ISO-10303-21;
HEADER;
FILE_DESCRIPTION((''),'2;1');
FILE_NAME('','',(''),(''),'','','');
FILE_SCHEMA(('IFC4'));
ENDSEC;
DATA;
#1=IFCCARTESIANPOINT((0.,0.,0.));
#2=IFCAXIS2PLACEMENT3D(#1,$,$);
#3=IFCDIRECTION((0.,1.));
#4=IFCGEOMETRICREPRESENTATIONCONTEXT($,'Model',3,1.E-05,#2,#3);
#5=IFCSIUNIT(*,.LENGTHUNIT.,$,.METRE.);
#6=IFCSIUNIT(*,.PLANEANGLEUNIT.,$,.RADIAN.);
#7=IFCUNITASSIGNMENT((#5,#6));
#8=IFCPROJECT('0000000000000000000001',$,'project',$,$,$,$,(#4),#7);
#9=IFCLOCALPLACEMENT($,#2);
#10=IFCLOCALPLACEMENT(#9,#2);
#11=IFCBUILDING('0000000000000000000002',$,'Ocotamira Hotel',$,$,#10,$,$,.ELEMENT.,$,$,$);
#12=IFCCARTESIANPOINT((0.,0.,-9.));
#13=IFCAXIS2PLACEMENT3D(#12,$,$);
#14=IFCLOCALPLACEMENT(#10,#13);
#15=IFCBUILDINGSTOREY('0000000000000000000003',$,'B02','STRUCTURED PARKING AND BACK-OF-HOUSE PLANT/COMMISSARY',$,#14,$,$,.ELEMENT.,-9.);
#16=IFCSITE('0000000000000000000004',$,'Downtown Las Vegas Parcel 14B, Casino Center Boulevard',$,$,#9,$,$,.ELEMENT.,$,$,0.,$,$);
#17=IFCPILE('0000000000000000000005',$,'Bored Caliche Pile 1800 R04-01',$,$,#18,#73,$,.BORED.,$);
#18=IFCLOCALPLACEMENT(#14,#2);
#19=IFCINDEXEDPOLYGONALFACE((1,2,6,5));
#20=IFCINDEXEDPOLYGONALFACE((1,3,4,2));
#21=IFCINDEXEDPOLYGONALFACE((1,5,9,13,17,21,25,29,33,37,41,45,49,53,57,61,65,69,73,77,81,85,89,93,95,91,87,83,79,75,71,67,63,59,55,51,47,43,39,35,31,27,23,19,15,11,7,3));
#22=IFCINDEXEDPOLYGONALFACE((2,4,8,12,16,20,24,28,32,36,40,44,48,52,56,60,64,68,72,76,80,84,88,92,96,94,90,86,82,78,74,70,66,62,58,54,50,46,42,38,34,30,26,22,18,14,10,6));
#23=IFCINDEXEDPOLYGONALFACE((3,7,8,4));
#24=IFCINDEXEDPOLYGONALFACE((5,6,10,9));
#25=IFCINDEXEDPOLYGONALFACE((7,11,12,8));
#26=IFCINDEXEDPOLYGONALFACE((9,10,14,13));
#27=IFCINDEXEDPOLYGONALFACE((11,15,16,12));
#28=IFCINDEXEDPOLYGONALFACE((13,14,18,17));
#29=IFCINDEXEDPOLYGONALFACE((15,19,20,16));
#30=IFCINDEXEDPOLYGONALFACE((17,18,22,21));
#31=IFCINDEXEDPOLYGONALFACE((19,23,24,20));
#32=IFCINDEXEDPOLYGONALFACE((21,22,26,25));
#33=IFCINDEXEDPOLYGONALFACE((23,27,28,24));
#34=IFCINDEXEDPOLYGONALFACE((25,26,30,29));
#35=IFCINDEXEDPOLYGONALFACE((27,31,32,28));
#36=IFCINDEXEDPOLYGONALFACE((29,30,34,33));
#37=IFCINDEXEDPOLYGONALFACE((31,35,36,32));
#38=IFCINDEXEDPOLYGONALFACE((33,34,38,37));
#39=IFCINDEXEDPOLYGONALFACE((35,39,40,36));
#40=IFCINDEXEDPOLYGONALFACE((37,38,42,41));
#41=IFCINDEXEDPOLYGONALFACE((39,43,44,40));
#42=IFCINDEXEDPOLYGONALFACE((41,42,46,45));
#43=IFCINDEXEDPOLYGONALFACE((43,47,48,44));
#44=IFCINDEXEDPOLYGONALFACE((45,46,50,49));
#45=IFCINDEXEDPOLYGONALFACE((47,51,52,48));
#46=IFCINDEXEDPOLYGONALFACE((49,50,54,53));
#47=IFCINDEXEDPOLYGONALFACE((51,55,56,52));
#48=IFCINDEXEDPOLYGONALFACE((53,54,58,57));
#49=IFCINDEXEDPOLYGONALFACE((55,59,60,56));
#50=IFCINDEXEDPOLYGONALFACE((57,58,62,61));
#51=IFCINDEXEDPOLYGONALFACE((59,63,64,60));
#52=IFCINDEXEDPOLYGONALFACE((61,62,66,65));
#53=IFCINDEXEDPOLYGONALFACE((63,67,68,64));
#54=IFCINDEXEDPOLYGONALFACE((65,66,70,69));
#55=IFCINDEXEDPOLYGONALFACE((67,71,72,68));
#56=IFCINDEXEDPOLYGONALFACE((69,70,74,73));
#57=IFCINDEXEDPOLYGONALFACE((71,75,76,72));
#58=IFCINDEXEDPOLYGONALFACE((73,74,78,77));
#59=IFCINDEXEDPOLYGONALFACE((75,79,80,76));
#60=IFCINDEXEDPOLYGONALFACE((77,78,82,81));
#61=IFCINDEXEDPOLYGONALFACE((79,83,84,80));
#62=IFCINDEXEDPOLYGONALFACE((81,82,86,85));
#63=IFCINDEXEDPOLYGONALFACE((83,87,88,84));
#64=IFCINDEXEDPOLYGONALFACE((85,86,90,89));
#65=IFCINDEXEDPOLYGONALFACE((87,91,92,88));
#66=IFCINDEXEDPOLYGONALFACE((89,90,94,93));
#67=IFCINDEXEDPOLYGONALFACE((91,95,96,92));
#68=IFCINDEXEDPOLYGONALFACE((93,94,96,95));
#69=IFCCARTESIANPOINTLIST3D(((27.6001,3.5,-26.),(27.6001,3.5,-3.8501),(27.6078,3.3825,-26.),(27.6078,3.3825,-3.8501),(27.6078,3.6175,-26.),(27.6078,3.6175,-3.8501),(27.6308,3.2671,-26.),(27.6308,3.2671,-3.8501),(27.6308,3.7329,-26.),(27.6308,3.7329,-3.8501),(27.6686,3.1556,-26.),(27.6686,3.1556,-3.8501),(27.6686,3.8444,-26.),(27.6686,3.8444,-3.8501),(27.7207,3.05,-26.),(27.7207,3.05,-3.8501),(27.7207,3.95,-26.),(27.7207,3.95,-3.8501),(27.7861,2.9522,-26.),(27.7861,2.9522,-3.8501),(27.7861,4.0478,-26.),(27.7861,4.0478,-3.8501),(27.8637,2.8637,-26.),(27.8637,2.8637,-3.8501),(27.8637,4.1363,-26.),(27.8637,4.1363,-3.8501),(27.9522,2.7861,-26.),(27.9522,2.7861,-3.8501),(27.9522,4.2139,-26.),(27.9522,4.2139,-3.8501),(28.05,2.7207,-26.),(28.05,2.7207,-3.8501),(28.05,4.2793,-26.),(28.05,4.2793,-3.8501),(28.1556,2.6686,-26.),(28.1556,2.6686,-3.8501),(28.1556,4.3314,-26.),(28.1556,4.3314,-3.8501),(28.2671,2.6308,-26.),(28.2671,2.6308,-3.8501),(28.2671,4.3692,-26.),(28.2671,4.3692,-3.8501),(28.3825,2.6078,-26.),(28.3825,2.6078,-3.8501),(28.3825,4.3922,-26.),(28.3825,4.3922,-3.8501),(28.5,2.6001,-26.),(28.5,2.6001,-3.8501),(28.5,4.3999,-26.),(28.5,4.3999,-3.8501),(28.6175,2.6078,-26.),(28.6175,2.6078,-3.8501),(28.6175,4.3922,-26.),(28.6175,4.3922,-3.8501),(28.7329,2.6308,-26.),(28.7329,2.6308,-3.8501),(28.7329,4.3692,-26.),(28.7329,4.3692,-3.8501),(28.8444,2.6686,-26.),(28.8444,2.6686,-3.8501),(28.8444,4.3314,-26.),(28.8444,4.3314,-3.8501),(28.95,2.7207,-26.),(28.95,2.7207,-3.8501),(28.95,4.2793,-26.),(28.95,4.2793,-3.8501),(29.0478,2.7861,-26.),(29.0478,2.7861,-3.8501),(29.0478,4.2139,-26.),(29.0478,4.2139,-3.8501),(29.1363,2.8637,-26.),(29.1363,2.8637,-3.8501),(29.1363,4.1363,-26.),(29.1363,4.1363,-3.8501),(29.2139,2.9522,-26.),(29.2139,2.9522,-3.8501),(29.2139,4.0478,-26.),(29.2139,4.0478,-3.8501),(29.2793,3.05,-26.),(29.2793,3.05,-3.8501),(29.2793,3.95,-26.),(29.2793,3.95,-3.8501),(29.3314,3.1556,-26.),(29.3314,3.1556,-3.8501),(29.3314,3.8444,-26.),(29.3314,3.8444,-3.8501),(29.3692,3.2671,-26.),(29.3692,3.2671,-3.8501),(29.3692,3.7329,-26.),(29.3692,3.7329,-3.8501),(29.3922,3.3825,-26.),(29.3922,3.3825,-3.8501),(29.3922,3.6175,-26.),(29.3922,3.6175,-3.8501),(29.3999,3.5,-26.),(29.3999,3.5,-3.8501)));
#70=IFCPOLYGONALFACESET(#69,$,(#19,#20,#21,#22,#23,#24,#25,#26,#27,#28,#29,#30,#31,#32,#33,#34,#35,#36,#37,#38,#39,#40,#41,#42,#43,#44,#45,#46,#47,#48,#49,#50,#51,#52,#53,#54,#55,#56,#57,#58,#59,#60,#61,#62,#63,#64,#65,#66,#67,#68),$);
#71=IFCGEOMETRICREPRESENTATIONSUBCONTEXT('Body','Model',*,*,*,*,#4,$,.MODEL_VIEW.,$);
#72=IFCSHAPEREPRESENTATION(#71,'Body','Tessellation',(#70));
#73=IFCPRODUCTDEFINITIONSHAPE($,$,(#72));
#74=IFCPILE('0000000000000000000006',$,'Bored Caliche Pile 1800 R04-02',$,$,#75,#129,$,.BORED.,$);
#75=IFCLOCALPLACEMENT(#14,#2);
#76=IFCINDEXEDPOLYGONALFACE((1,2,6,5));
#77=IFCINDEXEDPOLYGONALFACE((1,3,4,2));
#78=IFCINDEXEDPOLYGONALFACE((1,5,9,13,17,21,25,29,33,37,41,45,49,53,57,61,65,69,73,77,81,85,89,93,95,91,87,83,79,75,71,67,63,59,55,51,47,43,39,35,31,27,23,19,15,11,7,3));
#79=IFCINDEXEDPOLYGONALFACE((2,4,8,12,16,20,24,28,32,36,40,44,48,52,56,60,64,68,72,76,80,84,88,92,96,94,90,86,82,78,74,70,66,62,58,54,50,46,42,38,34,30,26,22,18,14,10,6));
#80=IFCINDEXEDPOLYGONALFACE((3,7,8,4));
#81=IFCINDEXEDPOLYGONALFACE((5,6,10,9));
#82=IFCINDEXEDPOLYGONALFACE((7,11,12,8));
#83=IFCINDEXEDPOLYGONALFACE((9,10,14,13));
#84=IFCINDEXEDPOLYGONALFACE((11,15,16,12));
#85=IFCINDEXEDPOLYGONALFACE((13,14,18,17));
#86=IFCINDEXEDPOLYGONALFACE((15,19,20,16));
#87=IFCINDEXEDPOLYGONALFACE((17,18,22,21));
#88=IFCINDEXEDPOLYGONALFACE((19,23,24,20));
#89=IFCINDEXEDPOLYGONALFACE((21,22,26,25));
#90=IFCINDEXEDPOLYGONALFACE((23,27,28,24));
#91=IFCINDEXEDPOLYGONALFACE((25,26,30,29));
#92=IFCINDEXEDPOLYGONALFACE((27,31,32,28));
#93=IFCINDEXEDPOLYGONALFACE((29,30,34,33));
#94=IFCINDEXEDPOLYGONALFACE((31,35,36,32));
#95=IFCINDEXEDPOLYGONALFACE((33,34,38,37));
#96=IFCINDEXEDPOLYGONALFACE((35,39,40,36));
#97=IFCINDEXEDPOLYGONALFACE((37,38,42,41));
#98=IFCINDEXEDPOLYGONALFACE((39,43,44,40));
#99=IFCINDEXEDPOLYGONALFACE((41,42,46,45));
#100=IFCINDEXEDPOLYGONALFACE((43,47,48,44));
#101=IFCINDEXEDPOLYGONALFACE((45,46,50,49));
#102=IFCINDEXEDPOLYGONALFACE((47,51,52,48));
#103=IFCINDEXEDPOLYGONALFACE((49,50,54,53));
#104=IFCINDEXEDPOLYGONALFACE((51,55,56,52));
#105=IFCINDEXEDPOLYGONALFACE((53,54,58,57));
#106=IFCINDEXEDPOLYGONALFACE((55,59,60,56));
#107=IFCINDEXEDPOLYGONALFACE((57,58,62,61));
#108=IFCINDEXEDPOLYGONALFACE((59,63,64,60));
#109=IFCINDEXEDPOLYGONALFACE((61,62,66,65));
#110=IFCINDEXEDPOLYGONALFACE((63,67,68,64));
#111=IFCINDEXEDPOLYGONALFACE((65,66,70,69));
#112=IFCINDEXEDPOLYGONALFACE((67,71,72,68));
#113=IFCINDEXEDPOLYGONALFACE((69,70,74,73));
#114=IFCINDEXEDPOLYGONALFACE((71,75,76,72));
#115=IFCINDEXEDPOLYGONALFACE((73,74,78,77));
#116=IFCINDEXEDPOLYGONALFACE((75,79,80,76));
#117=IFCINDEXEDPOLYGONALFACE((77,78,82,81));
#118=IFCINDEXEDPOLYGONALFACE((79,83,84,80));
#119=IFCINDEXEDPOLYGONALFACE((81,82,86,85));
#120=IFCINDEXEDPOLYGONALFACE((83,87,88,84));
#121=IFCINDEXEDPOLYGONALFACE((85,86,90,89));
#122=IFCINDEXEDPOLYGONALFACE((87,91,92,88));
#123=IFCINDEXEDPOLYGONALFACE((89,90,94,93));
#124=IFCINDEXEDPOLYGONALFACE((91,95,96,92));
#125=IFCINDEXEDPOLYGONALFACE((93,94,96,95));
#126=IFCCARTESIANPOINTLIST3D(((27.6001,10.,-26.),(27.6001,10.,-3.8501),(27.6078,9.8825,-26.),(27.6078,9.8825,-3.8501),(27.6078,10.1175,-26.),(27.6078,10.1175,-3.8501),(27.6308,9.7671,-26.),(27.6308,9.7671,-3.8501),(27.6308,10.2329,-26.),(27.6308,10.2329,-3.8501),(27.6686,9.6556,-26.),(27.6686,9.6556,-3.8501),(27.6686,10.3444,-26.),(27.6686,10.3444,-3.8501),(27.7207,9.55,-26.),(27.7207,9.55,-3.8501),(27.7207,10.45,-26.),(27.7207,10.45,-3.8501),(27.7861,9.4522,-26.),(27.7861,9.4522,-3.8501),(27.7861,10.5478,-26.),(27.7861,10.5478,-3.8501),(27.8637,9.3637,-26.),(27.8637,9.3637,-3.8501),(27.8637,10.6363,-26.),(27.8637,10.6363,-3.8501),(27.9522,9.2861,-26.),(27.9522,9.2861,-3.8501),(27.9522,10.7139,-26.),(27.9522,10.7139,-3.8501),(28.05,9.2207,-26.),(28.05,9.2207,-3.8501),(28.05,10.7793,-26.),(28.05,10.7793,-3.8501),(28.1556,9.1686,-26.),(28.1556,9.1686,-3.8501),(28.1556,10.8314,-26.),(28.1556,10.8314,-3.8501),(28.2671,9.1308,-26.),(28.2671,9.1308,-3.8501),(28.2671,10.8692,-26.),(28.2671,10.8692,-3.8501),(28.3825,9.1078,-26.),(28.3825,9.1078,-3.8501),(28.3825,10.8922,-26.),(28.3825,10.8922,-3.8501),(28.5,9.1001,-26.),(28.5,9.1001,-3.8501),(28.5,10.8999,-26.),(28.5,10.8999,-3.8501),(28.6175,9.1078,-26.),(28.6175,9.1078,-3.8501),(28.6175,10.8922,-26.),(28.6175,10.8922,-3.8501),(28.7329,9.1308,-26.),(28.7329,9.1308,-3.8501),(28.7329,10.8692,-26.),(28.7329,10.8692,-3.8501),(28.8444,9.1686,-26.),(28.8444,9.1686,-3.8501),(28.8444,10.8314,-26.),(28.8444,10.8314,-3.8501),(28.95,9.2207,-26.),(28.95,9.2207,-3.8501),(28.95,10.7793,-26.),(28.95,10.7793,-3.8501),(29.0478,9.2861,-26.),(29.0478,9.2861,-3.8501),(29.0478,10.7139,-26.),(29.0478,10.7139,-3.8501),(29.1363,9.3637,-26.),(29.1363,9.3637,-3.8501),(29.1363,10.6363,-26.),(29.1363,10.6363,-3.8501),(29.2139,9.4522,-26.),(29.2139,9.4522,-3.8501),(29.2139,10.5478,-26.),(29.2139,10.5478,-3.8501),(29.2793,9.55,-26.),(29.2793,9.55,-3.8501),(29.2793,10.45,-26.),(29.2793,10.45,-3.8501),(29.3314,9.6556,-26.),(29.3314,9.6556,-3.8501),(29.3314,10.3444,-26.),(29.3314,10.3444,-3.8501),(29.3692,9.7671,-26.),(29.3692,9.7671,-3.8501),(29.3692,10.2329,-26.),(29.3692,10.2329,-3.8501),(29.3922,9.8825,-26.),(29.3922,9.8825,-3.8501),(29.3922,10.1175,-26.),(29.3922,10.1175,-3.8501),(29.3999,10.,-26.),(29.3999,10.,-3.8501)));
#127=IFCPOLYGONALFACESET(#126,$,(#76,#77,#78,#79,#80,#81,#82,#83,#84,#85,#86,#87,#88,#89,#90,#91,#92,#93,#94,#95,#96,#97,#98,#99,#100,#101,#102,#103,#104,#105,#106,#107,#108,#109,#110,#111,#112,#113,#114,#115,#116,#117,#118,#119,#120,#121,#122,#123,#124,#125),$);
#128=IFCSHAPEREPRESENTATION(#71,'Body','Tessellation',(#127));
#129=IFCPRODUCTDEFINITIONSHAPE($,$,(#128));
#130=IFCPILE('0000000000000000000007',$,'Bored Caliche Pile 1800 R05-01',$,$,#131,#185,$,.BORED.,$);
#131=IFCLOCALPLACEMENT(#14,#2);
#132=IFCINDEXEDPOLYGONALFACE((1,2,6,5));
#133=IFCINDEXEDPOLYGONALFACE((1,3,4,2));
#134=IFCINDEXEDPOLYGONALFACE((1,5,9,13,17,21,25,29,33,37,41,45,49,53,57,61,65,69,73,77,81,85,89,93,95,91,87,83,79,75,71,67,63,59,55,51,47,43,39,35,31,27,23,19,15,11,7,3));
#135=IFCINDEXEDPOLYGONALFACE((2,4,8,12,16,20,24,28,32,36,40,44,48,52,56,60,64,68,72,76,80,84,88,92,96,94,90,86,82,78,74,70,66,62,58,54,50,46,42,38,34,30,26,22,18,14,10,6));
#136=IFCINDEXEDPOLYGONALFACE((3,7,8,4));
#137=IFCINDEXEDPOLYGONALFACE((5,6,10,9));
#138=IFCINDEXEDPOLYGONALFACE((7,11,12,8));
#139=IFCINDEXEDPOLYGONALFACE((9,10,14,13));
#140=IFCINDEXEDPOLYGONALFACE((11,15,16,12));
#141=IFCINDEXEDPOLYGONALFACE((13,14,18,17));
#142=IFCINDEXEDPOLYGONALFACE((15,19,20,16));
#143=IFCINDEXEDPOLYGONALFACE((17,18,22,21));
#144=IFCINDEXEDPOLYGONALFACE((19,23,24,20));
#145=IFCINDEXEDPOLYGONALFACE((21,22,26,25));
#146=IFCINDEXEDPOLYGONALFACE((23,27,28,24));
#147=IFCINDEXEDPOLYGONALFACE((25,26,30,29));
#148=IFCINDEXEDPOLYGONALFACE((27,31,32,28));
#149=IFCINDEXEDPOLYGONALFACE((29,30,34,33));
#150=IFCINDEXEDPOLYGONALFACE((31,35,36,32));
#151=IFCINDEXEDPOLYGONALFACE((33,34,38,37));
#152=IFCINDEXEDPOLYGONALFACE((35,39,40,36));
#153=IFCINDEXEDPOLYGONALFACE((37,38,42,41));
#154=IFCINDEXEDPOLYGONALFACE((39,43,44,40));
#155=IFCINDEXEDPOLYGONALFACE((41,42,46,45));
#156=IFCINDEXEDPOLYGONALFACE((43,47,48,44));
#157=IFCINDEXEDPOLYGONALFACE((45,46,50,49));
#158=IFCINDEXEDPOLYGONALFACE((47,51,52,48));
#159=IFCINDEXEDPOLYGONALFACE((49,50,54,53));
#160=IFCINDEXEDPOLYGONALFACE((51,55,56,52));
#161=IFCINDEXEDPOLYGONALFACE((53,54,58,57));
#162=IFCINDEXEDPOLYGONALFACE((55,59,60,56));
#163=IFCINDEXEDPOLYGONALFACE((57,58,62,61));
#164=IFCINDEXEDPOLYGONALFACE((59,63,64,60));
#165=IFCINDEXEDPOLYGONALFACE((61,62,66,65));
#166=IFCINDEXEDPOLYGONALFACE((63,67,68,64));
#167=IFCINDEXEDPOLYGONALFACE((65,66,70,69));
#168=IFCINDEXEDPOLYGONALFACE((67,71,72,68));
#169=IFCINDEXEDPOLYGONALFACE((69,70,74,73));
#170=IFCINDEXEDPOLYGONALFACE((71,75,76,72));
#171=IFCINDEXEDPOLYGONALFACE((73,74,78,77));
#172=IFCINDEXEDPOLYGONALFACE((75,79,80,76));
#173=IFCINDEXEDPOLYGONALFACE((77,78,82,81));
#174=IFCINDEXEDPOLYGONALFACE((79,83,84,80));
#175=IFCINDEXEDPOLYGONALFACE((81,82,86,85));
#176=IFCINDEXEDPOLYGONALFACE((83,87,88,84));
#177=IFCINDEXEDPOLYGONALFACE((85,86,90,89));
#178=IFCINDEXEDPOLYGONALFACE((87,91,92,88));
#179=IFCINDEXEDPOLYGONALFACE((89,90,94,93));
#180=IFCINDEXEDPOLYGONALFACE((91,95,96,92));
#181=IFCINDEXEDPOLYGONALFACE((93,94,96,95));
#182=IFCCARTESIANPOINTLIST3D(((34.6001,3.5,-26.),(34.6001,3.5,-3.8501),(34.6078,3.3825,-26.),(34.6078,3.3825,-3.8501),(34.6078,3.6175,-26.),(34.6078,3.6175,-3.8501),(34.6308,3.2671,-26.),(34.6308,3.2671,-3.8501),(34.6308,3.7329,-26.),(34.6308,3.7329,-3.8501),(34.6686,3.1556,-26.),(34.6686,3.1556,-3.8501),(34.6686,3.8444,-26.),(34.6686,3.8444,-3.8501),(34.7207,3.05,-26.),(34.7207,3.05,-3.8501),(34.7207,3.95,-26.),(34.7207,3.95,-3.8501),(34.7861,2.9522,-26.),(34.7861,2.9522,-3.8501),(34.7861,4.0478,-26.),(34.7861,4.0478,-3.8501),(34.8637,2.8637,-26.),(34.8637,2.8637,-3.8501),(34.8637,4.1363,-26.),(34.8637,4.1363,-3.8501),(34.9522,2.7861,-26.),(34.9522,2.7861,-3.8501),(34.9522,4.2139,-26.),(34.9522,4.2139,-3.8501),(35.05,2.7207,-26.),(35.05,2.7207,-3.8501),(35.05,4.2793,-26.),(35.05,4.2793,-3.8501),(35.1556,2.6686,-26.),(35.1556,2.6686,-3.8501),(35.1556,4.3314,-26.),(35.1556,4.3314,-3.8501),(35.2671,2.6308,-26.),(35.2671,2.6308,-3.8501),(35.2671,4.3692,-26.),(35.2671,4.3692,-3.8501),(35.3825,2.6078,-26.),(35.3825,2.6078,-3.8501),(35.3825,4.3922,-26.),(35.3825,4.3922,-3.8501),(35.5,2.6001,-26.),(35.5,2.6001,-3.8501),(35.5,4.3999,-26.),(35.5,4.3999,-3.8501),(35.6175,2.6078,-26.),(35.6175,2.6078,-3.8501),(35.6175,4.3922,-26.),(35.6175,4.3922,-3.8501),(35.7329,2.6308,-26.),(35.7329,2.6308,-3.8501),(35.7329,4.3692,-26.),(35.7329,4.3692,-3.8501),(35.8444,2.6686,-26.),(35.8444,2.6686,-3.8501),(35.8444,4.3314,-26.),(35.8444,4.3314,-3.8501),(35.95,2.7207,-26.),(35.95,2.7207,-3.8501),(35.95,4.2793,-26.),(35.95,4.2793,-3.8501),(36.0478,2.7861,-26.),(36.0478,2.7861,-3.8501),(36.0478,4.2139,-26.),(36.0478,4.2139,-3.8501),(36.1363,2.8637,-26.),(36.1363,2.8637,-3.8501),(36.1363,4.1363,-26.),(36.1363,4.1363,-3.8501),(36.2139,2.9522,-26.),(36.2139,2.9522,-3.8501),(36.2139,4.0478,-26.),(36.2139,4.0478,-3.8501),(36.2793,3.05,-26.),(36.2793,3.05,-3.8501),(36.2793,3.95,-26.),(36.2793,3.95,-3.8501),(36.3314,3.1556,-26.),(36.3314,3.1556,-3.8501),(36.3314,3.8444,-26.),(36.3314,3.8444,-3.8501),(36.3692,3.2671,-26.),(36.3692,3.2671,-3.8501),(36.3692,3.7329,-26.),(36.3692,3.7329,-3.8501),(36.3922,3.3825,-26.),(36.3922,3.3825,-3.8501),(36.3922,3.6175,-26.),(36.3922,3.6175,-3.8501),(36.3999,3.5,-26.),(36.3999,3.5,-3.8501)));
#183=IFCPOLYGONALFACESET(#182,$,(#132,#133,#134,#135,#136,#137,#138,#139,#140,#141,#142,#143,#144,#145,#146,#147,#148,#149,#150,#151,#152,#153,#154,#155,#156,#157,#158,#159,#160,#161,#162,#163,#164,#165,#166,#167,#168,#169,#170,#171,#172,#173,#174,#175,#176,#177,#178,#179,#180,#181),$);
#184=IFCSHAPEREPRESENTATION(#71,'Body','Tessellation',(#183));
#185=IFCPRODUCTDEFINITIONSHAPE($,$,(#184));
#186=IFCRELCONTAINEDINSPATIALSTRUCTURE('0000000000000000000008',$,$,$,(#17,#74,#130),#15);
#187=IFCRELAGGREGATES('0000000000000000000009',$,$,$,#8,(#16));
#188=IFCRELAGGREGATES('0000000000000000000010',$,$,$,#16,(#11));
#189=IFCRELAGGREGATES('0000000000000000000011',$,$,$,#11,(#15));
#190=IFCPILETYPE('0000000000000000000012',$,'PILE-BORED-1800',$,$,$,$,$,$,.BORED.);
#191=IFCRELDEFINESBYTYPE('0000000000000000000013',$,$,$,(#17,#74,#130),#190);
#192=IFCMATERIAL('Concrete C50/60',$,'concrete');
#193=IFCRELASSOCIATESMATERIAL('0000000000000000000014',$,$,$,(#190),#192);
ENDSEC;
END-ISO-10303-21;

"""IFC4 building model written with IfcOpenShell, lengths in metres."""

from ifc_helpers import new_model, si_unit, direction, frame, origin, origin_2d, place, context, subcontext, project, spatial, circle, extrude, source, transform, mapped, material, material_profile, profile_set, type_object, element, save


model = new_model("IFC4")

# Units and contexts
model_context = context("Model", 3, precision=1e-05, world=origin(), true_north=direction((0.0, 1.0)))
body_context = subcontext(model_context, "Body", "Model", "MODEL_VIEW")
ifc_project = project(units=[si_unit("LENGTHUNIT", "METRE"), si_unit("PLANEANGLEUNIT", "RADIAN")], contexts=[model_context])

# Site, building, storey
site_placement = place(None, origin())
site = spatial("IfcSite", under=ifc_project, at=site_placement, Name="Downtown Las Vegas Parcel 14B, Casino Center Boulevard", CompositionType="ELEMENT", RefElevation=0.0)
building_placement = place(site_placement, origin())
building = spatial("IfcBuilding", under=site, at=building_placement, Name="Ocotamira Hotel", CompositionType="ELEMENT")
storey_placement = place(building_placement, frame((0.0, 0.0, -9.0)))
storey = spatial("IfcBuildingStorey", under=building, at=storey_placement, Name="B02", Description="STRUCTURED PARKING AND BACK-OF-HOUSE PLANT/COMMISSARY", CompositionType="ELEMENT", Elevation=-9.0)

# Piles
ifc_material_1 = material(Name="Concrete C50/60", Category="concrete")
ifc_material_profile_1 = material_profile(ifc_material_1, circle(Radius=0.8999, at=origin_2d()), Name="PILE1800")
ifc_profile_set_1 = profile_set([ifc_material_profile_1], Name="Concrete C50/60")
pile_type = type_object("IfcPileType", Name="PILE-BORED-1800", PredefinedType="BORED", material=ifc_profile_set_1)
shared_shape_1 = source(origin(), body_context, "Body", "SweptSolid", [
    extrude(circle(Radius=0.8999, at=origin_2d()), origin(), (0.0, 0.0, 1.0), 22.1499),
])
for number, where, z_axis, x_axis, name in (
    (1, (28.5, 3.5, -3.8501), (0.0, 0.0, -1.0), (1.0, 0.0, 0.0), "Bored Caliche Pile 1800 R04-01"),
    (2, (28.5, 10.0, -3.8501), (0.0, 0.0, -1.0), (1.0, 0.0, 0.0), "Bored Caliche Pile 1800 R04-02"),
    (3, (35.5, 3.5, -3.8501), (0.0, 0.0, -1.0), (1.0, 0.0, 0.0), "Bored Caliche Pile 1800 R05-01"),
):
    element("IfcPile", number, at=place(storey_placement, frame(where, z_axis=z_axis, x_axis=x_axis)), inside=storey, type_object=pile_type, Name=name, PredefinedType="BORED", context=body_context, shape_type="MappedRepresentation", body=[
        mapped(shared_shape_1, transform((0.0, 0.0, 0.0), scale=1.0)),
    ])

save(model, "model.ifc")
